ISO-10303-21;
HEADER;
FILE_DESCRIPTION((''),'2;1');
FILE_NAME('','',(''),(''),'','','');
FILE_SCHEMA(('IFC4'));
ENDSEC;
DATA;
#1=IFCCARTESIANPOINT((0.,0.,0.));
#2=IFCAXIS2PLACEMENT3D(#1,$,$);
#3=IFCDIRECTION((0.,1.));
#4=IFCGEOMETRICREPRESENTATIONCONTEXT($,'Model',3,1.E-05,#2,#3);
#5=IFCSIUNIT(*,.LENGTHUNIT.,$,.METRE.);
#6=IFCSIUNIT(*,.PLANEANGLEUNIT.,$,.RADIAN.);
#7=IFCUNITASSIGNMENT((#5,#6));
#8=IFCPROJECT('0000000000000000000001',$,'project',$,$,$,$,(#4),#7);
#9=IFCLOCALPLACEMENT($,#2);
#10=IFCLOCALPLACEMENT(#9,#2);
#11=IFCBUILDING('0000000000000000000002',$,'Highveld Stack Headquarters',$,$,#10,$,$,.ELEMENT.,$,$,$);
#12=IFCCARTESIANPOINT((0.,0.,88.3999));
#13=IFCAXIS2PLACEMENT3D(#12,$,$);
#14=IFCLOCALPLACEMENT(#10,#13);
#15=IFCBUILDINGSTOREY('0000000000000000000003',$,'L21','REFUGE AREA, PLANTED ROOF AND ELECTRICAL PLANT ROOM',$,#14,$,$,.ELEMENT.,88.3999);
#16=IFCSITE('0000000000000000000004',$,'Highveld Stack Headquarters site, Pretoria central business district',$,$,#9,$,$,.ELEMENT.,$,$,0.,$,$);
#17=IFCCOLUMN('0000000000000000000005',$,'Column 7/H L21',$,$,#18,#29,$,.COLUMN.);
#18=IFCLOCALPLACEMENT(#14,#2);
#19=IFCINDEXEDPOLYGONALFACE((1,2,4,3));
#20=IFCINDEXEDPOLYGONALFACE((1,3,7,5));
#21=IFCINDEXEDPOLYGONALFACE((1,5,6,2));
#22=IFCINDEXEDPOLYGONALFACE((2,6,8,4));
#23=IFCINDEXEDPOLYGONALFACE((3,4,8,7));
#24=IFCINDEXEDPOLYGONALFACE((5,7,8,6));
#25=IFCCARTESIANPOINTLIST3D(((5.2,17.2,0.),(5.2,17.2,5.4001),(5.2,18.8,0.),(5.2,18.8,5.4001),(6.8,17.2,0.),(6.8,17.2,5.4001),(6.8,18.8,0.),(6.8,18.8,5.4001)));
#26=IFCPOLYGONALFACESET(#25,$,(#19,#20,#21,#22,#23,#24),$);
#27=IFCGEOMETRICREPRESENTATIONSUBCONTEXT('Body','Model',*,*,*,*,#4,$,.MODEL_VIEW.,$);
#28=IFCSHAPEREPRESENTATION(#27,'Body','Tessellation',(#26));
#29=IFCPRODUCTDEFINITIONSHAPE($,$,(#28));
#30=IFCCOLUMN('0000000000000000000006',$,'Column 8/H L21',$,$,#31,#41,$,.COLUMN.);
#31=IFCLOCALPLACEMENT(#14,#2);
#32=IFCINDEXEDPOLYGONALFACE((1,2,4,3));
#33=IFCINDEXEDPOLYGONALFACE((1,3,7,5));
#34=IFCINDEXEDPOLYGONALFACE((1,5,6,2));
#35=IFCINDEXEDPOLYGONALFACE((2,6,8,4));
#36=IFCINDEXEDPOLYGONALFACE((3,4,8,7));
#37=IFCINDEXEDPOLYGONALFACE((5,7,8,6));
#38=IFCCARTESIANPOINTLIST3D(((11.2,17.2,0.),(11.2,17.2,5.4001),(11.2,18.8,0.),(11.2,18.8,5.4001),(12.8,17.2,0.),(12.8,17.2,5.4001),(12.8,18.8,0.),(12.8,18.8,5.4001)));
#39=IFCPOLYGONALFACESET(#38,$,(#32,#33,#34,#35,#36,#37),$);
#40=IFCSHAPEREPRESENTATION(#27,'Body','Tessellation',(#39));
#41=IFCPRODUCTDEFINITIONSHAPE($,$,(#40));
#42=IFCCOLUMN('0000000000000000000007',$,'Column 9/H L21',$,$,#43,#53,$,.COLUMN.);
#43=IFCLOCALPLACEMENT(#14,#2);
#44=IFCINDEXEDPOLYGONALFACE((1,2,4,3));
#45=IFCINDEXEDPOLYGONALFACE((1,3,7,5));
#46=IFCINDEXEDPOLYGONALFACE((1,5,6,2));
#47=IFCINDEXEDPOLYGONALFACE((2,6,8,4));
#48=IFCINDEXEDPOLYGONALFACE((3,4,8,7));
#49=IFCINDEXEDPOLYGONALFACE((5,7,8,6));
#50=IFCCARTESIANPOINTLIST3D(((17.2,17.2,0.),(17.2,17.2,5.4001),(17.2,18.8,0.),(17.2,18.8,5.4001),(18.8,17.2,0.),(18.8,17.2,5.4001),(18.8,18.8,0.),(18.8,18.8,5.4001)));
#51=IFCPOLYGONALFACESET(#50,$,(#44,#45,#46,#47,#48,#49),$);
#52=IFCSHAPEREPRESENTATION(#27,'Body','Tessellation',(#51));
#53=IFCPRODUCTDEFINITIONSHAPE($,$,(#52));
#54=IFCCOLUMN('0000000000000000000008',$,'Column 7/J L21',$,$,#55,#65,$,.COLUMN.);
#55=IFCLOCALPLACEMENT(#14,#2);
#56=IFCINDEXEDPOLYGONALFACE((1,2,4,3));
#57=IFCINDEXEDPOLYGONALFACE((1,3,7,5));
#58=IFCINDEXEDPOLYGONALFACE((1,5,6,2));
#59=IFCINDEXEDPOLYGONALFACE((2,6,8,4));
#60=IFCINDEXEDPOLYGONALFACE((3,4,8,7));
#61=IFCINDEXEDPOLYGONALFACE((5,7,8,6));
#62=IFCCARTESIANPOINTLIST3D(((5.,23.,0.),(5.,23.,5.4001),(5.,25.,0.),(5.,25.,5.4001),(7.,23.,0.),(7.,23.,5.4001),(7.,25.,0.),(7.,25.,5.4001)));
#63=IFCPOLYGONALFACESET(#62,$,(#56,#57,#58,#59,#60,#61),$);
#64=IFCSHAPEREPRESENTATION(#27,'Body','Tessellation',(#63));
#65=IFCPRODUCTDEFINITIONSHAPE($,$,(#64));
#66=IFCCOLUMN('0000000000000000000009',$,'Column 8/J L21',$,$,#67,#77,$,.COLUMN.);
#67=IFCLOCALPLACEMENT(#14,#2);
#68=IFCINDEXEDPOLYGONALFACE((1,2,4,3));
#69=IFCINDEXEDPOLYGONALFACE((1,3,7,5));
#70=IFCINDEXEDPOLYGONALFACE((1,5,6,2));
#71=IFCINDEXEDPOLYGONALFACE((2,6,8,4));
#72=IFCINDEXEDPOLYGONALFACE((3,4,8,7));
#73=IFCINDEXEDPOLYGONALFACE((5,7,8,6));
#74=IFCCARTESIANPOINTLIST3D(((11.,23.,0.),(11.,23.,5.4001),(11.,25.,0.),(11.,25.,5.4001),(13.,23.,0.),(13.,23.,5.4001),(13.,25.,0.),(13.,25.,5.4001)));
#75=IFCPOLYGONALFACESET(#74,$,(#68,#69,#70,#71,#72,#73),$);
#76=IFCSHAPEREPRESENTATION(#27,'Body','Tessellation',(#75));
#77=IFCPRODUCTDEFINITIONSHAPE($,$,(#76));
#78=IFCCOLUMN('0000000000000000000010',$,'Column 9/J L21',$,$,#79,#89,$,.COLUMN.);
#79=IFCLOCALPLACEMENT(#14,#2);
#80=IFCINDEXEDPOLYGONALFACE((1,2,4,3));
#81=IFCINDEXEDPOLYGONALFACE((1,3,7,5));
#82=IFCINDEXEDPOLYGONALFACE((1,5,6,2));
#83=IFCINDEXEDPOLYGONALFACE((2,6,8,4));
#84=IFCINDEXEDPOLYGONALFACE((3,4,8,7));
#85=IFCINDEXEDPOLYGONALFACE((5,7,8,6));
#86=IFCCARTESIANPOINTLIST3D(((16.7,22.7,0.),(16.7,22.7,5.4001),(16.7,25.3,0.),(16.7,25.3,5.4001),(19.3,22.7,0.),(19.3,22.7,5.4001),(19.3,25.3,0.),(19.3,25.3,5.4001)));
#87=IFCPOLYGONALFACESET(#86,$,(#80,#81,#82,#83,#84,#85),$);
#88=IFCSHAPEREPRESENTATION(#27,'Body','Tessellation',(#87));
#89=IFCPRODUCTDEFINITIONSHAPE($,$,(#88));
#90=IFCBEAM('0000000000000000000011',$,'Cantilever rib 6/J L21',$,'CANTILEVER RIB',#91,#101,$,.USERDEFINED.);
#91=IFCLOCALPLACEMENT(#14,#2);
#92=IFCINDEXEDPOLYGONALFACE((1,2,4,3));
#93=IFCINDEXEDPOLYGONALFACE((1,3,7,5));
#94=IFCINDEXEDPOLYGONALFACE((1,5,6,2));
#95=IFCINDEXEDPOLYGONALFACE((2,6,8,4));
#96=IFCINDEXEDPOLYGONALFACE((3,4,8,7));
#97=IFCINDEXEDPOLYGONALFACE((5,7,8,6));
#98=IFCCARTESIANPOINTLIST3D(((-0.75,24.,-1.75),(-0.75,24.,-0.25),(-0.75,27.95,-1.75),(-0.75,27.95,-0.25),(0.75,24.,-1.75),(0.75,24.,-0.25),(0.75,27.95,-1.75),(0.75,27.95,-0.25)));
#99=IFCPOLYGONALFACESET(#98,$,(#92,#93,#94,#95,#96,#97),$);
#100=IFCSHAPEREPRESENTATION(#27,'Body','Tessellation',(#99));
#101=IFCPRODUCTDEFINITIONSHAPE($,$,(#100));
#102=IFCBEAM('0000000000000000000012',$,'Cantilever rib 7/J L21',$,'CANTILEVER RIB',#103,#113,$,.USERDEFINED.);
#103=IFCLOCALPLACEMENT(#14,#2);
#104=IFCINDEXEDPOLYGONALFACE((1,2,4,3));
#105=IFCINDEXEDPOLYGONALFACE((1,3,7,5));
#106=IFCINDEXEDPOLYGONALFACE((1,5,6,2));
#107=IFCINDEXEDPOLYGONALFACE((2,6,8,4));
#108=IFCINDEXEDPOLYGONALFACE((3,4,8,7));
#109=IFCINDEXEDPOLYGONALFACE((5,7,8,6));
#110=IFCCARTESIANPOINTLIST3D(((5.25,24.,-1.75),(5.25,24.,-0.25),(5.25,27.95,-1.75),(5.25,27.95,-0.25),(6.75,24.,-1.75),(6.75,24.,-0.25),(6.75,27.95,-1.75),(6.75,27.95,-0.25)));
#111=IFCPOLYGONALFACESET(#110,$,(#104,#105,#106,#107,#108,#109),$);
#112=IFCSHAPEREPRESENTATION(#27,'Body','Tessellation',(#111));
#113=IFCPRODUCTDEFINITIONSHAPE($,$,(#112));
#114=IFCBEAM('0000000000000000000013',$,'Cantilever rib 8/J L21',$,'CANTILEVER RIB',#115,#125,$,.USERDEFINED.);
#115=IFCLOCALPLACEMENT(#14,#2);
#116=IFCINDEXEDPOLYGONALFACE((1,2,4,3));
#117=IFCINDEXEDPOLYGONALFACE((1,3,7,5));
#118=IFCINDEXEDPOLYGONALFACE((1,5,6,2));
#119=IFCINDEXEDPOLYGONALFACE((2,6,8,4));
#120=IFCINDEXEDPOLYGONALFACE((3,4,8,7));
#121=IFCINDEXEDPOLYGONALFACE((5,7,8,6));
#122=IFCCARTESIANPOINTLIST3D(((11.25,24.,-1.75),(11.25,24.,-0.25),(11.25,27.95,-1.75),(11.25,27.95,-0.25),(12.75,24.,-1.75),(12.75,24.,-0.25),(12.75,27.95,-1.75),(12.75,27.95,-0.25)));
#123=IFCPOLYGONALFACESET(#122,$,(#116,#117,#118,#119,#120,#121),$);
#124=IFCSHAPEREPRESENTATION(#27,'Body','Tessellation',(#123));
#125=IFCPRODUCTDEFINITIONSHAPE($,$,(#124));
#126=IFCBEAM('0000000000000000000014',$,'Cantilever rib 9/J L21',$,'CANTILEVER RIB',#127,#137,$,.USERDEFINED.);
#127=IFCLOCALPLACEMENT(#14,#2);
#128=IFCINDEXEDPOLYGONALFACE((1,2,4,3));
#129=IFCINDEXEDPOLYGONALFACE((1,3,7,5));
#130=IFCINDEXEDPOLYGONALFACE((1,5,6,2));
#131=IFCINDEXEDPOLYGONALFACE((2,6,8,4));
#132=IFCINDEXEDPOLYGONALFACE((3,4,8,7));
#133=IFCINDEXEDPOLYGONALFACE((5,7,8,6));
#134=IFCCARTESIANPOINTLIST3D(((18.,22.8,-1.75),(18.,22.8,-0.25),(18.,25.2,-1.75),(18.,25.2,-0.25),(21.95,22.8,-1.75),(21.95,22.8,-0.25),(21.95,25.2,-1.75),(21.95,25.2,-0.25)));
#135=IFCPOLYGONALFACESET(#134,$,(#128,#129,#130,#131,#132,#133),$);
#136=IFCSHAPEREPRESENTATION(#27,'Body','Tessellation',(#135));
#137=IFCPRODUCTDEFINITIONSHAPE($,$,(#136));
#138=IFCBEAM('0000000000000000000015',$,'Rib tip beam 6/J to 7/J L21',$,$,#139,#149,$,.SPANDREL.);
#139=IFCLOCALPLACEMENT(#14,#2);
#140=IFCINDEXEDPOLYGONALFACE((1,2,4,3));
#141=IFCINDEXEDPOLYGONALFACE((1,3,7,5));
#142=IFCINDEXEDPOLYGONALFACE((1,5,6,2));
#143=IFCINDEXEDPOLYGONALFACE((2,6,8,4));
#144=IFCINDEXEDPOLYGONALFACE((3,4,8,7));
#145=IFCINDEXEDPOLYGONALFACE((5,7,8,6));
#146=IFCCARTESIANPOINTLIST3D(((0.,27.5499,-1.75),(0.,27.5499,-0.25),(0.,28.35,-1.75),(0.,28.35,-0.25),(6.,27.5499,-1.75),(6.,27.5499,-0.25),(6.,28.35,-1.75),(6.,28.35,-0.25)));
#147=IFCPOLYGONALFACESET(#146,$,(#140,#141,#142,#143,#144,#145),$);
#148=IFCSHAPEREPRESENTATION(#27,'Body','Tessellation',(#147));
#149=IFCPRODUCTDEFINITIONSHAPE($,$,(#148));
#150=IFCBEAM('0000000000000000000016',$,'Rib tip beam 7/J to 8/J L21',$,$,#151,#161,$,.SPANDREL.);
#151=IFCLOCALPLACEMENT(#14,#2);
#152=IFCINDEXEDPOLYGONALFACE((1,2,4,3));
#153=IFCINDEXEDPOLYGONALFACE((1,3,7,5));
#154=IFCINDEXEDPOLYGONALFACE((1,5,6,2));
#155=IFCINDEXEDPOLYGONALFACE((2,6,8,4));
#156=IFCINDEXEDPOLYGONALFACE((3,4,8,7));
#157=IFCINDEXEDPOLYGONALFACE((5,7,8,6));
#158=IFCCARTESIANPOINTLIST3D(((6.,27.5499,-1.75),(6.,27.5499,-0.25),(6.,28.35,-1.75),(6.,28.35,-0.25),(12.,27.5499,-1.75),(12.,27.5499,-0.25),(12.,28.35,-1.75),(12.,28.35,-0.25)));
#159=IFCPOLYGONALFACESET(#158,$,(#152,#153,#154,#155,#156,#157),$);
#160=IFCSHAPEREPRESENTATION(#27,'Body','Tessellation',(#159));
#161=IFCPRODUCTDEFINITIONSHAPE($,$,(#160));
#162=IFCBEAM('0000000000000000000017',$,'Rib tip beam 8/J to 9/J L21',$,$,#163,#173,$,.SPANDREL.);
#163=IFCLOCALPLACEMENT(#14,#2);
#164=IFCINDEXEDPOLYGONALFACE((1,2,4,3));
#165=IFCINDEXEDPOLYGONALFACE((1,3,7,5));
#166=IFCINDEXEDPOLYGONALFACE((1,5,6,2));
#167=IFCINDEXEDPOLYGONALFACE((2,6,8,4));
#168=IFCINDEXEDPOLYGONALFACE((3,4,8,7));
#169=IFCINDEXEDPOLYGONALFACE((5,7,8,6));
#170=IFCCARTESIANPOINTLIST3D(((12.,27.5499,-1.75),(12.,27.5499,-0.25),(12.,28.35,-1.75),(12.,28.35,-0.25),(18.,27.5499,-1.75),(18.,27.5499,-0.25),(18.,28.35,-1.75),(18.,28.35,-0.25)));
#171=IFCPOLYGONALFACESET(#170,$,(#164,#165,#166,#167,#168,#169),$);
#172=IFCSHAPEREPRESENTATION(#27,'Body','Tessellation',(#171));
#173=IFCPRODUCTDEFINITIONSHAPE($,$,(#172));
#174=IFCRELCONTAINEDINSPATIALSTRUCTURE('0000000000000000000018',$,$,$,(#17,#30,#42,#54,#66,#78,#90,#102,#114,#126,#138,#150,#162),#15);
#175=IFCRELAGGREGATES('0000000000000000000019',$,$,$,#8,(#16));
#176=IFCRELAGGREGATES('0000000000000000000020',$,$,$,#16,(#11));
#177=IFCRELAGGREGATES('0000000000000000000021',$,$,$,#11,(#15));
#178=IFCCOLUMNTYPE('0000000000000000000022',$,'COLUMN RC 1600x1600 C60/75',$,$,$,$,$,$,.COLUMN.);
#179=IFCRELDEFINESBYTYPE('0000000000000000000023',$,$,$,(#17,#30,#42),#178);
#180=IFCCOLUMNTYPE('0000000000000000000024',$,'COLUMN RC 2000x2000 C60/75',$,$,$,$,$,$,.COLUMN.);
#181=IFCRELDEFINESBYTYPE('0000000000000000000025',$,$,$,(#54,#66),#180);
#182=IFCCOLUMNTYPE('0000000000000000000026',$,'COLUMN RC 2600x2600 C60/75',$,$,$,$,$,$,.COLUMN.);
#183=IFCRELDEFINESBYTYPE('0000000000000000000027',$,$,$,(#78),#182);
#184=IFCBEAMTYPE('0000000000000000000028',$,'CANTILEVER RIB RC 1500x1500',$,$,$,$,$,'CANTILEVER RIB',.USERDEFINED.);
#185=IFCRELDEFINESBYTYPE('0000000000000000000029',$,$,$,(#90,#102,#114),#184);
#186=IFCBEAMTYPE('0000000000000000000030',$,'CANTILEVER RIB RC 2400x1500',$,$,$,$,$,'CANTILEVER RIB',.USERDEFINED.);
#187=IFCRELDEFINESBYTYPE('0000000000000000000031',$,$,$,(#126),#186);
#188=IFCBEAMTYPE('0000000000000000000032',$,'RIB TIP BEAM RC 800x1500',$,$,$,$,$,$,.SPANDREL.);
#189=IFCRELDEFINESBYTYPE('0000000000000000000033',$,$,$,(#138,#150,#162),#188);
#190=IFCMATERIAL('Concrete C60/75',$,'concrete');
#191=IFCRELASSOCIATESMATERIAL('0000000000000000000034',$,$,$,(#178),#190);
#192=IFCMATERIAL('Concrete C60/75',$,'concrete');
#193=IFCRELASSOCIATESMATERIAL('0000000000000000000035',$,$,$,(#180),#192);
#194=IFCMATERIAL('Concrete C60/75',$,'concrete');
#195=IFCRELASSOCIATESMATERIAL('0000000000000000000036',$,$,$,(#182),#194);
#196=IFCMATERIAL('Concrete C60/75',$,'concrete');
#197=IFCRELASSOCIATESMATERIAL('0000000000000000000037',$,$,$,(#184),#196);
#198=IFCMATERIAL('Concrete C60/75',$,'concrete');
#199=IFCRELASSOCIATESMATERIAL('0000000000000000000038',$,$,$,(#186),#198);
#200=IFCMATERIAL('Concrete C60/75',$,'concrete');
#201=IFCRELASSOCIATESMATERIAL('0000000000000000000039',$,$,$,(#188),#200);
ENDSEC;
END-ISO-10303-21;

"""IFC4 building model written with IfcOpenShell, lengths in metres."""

from ifc_helpers import new_model, si_unit, direction, frame, origin, origin_2d, place, context, subcontext, project, spatial, rectangle, extrude, material, material_profile, profile_set, type_object, element, save


model = new_model("IFC4")

# Units and contexts
model_context = context("Model", 3, precision=1e-05, world=origin(), true_north=direction((0.0, 1.0)))
body_context = subcontext(model_context, "Body", "Model", "MODEL_VIEW")
ifc_project = project(units=[si_unit("LENGTHUNIT", "METRE"), si_unit("PLANEANGLEUNIT", "RADIAN")], contexts=[model_context])

# Site, building, storey
site_placement = place(None, origin())
site = spatial("IfcSite", under=ifc_project, at=site_placement, Name="Highveld Stack Headquarters site, Pretoria central business district", CompositionType="ELEMENT", RefElevation=0.0)
building_placement = place(site_placement, origin())
building = spatial("IfcBuilding", under=site, at=building_placement, Name="Highveld Stack Headquarters", CompositionType="ELEMENT")
storey_placement = place(building_placement, frame((0.0, 0.0, 88.3999)))
storey = spatial("IfcBuildingStorey", under=building, at=storey_placement, Name="L21", Description="REFUGE AREA, PLANTED ROOF AND ELECTRICAL PLANT ROOM", CompositionType="ELEMENT", Elevation=88.3999)

# Columns
ifc_material_1 = material(Name="Concrete C60/75", Category="concrete")
ifc_material_profile_1 = material_profile(ifc_material_1, rectangle(XDim=1.6001, YDim=1.6001, at=origin_2d()), Name="RC 1600x1600")
ifc_profile_set_1 = profile_set([ifc_material_profile_1], Name="Concrete C60/75")
column_type_1 = type_object("IfcColumnType", Name="COLUMN RC 1600x1600 C60/75", PredefinedType="COLUMN", material=ifc_profile_set_1)
for number, where, z_axis, x_axis, name in (
    (1, (6.0, 18.0, 0.0), (0.0, 0.0, 1.0), (1.0, 0.0, 0.0), "Column 7/H L21"),
    (2, (12.0, 18.0, 0.0), (0.0, 0.0, 1.0), (1.0, 0.0, 0.0), "Column 8/H L21"),
    (3, (18.0, 18.0, 0.0), (0.0, 0.0, 1.0), (1.0, 0.0, 0.0), "Column 9/H L21"),
):
    element("IfcColumn", number, at=place(storey_placement, frame(where, z_axis=z_axis, x_axis=x_axis)), inside=storey, type_object=column_type_1, Name=name, PredefinedType="COLUMN", context=body_context, shape_type="SweptSolid", body=[
        extrude(rectangle(XDim=1.6001, YDim=1.6001, at=origin_2d()), origin(), (0.0, 0.0, 1.0), 5.4001),
    ])
ifc_material_2 = material(Name="Concrete C60/75", Category="concrete")
ifc_material_profile_2 = material_profile(ifc_material_2, rectangle(XDim=2.0, YDim=2.0, at=origin_2d()), Name="RC 2000x2000")
ifc_profile_set_2 = profile_set([ifc_material_profile_2], Name="Concrete C60/75")
column_type_2 = type_object("IfcColumnType", Name="COLUMN RC 2000x2000 C60/75", PredefinedType="COLUMN", material=ifc_profile_set_2)
for number, where, z_axis, x_axis, name in (
    (4, (6.0, 24.0, 0.0), (0.0, 0.0, 1.0), (1.0, 0.0, 0.0), "Column 7/J L21"),
    (5, (12.0, 24.0, 0.0), (0.0, 0.0, 1.0), (1.0, 0.0, 0.0), "Column 8/J L21"),
):
    element("IfcColumn", number, at=place(storey_placement, frame(where, z_axis=z_axis, x_axis=x_axis)), inside=storey, type_object=column_type_2, Name=name, PredefinedType="COLUMN", context=body_context, shape_type="SweptSolid", body=[
        extrude(rectangle(XDim=2.0, YDim=2.0, at=origin_2d()), origin(), (0.0, 0.0, 1.0), 5.4001),
    ])
ifc_material_3 = material(Name="Concrete C60/75", Category="concrete")
ifc_material_profile_3 = material_profile(ifc_material_3, rectangle(XDim=2.6001, YDim=2.6001, at=origin_2d()), Name="RC 2600x2600")
ifc_profile_set_3 = profile_set([ifc_material_profile_3], Name="Concrete C60/75")
column_type_3 = type_object("IfcColumnType", Name="COLUMN RC 2600x2600 C60/75", PredefinedType="COLUMN", material=ifc_profile_set_3)
column_placement = place(storey_placement, frame((18.0, 24.0, 0.0), z_axis=(0.0, 0.0, 1.0), x_axis=(1.0, 0.0, 0.0)))
element("IfcColumn", 6, at=column_placement, inside=storey, type_object=column_type_3, Name="Column 9/J L21", PredefinedType="COLUMN", context=body_context, shape_type="SweptSolid", body=[
    extrude(rectangle(XDim=2.6001, YDim=2.6001, at=origin_2d()), origin(), (0.0, 0.0, 1.0), 5.4001),
])

# Beams
ifc_material_4 = material(Name="Concrete C60/75", Category="concrete")
ifc_material_profile_4 = material_profile(ifc_material_4, rectangle(XDim=1.5, YDim=1.5, at=origin_2d()), Name="RC 1500x1500")
ifc_profile_set_4 = profile_set([ifc_material_profile_4], Name="Concrete C60/75")
beam_type_1 = type_object("IfcBeamType", Name="CANTILEVER RIB RC 1500x1500", ElementType="CANTILEVER RIB", PredefinedType="USERDEFINED", material=ifc_profile_set_4)
for number, where, z_axis, x_axis, name in (
    (7, (0.0, 24.0, -1.0), (0.0, 1.0, 0.0), (-1.0, 0.0, 0.0), "Cantilever rib 6/J L21"),
    (8, (6.0, 24.0, -1.0), (0.0, 1.0, 0.0), (-1.0, 0.0, 0.0), "Cantilever rib 7/J L21"),
    (9, (12.0, 24.0, -1.0), (0.0, 1.0, 0.0), (-1.0, 0.0, 0.0), "Cantilever rib 8/J L21"),
):
    element("IfcBeam", number, at=place(storey_placement, frame(where, z_axis=z_axis, x_axis=x_axis)), inside=storey, type_object=beam_type_1, Name=name, ObjectType="CANTILEVER RIB", PredefinedType="USERDEFINED", context=body_context, shape_type="SweptSolid", body=[
        extrude(rectangle(XDim=1.5, YDim=1.5, at=origin_2d()), origin(), (0.0, 0.0, 1.0), 3.95),
    ])
ifc_material_5 = material(Name="Concrete C60/75", Category="concrete")
ifc_material_profile_5 = material_profile(ifc_material_5, rectangle(XDim=2.3999, YDim=1.5, at=origin_2d()), Name="RC 2400x1500")
ifc_profile_set_5 = profile_set([ifc_material_profile_5], Name="Concrete C60/75")
beam_type_2 = type_object("IfcBeamType", Name="CANTILEVER RIB RC 2400x1500", ElementType="CANTILEVER RIB", PredefinedType="USERDEFINED", material=ifc_profile_set_5)
beam_placement = place(storey_placement, frame((18.0, 24.0, -1.0), z_axis=(1.0, 0.0, 0.0), x_axis=(0.0, 1.0, 0.0)))
element("IfcBeam", 10, at=beam_placement, inside=storey, type_object=beam_type_2, Name="Cantilever rib 9/J L21", ObjectType="CANTILEVER RIB", PredefinedType="USERDEFINED", context=body_context, shape_type="SweptSolid", body=[
    extrude(rectangle(XDim=2.3999, YDim=1.5, at=origin_2d()), origin(), (0.0, 0.0, 1.0), 3.95),
])
ifc_material_6 = material(Name="Concrete C60/75", Category="concrete")
ifc_material_profile_6 = material_profile(ifc_material_6, rectangle(XDim=0.8, YDim=1.5, at=origin_2d()), Name="RC 800x1500")
ifc_profile_set_6 = profile_set([ifc_material_profile_6], Name="Concrete C60/75")
beam_type_3 = type_object("IfcBeamType", Name="RIB TIP BEAM RC 800x1500", PredefinedType="SPANDREL", material=ifc_profile_set_6)
for number, where, z_axis, x_axis, name in (
    (11, (0.0, 27.95, -1.0), (1.0, 0.0, 0.0), (0.0, 1.0, 0.0), "Rib tip beam 6/J to 7/J L21"),
    (12, (6.0, 27.95, -1.0), (1.0, 0.0, 0.0), (0.0, 1.0, 0.0), "Rib tip beam 7/J to 8/J L21"),
    (13, (12.0, 27.95, -1.0), (1.0, 0.0, 0.0), (0.0, 1.0, 0.0), "Rib tip beam 8/J to 9/J L21"),
):
    element("IfcBeam", number, at=place(storey_placement, frame(where, z_axis=z_axis, x_axis=x_axis)), inside=storey, type_object=beam_type_3, Name=name, PredefinedType="SPANDREL", context=body_context, shape_type="SweptSolid", body=[
        extrude(rectangle(XDim=0.8, YDim=1.5, at=origin_2d()), origin(), (0.0, 0.0, 1.0), 6.0),
    ])

save(model, "model.ifc")
